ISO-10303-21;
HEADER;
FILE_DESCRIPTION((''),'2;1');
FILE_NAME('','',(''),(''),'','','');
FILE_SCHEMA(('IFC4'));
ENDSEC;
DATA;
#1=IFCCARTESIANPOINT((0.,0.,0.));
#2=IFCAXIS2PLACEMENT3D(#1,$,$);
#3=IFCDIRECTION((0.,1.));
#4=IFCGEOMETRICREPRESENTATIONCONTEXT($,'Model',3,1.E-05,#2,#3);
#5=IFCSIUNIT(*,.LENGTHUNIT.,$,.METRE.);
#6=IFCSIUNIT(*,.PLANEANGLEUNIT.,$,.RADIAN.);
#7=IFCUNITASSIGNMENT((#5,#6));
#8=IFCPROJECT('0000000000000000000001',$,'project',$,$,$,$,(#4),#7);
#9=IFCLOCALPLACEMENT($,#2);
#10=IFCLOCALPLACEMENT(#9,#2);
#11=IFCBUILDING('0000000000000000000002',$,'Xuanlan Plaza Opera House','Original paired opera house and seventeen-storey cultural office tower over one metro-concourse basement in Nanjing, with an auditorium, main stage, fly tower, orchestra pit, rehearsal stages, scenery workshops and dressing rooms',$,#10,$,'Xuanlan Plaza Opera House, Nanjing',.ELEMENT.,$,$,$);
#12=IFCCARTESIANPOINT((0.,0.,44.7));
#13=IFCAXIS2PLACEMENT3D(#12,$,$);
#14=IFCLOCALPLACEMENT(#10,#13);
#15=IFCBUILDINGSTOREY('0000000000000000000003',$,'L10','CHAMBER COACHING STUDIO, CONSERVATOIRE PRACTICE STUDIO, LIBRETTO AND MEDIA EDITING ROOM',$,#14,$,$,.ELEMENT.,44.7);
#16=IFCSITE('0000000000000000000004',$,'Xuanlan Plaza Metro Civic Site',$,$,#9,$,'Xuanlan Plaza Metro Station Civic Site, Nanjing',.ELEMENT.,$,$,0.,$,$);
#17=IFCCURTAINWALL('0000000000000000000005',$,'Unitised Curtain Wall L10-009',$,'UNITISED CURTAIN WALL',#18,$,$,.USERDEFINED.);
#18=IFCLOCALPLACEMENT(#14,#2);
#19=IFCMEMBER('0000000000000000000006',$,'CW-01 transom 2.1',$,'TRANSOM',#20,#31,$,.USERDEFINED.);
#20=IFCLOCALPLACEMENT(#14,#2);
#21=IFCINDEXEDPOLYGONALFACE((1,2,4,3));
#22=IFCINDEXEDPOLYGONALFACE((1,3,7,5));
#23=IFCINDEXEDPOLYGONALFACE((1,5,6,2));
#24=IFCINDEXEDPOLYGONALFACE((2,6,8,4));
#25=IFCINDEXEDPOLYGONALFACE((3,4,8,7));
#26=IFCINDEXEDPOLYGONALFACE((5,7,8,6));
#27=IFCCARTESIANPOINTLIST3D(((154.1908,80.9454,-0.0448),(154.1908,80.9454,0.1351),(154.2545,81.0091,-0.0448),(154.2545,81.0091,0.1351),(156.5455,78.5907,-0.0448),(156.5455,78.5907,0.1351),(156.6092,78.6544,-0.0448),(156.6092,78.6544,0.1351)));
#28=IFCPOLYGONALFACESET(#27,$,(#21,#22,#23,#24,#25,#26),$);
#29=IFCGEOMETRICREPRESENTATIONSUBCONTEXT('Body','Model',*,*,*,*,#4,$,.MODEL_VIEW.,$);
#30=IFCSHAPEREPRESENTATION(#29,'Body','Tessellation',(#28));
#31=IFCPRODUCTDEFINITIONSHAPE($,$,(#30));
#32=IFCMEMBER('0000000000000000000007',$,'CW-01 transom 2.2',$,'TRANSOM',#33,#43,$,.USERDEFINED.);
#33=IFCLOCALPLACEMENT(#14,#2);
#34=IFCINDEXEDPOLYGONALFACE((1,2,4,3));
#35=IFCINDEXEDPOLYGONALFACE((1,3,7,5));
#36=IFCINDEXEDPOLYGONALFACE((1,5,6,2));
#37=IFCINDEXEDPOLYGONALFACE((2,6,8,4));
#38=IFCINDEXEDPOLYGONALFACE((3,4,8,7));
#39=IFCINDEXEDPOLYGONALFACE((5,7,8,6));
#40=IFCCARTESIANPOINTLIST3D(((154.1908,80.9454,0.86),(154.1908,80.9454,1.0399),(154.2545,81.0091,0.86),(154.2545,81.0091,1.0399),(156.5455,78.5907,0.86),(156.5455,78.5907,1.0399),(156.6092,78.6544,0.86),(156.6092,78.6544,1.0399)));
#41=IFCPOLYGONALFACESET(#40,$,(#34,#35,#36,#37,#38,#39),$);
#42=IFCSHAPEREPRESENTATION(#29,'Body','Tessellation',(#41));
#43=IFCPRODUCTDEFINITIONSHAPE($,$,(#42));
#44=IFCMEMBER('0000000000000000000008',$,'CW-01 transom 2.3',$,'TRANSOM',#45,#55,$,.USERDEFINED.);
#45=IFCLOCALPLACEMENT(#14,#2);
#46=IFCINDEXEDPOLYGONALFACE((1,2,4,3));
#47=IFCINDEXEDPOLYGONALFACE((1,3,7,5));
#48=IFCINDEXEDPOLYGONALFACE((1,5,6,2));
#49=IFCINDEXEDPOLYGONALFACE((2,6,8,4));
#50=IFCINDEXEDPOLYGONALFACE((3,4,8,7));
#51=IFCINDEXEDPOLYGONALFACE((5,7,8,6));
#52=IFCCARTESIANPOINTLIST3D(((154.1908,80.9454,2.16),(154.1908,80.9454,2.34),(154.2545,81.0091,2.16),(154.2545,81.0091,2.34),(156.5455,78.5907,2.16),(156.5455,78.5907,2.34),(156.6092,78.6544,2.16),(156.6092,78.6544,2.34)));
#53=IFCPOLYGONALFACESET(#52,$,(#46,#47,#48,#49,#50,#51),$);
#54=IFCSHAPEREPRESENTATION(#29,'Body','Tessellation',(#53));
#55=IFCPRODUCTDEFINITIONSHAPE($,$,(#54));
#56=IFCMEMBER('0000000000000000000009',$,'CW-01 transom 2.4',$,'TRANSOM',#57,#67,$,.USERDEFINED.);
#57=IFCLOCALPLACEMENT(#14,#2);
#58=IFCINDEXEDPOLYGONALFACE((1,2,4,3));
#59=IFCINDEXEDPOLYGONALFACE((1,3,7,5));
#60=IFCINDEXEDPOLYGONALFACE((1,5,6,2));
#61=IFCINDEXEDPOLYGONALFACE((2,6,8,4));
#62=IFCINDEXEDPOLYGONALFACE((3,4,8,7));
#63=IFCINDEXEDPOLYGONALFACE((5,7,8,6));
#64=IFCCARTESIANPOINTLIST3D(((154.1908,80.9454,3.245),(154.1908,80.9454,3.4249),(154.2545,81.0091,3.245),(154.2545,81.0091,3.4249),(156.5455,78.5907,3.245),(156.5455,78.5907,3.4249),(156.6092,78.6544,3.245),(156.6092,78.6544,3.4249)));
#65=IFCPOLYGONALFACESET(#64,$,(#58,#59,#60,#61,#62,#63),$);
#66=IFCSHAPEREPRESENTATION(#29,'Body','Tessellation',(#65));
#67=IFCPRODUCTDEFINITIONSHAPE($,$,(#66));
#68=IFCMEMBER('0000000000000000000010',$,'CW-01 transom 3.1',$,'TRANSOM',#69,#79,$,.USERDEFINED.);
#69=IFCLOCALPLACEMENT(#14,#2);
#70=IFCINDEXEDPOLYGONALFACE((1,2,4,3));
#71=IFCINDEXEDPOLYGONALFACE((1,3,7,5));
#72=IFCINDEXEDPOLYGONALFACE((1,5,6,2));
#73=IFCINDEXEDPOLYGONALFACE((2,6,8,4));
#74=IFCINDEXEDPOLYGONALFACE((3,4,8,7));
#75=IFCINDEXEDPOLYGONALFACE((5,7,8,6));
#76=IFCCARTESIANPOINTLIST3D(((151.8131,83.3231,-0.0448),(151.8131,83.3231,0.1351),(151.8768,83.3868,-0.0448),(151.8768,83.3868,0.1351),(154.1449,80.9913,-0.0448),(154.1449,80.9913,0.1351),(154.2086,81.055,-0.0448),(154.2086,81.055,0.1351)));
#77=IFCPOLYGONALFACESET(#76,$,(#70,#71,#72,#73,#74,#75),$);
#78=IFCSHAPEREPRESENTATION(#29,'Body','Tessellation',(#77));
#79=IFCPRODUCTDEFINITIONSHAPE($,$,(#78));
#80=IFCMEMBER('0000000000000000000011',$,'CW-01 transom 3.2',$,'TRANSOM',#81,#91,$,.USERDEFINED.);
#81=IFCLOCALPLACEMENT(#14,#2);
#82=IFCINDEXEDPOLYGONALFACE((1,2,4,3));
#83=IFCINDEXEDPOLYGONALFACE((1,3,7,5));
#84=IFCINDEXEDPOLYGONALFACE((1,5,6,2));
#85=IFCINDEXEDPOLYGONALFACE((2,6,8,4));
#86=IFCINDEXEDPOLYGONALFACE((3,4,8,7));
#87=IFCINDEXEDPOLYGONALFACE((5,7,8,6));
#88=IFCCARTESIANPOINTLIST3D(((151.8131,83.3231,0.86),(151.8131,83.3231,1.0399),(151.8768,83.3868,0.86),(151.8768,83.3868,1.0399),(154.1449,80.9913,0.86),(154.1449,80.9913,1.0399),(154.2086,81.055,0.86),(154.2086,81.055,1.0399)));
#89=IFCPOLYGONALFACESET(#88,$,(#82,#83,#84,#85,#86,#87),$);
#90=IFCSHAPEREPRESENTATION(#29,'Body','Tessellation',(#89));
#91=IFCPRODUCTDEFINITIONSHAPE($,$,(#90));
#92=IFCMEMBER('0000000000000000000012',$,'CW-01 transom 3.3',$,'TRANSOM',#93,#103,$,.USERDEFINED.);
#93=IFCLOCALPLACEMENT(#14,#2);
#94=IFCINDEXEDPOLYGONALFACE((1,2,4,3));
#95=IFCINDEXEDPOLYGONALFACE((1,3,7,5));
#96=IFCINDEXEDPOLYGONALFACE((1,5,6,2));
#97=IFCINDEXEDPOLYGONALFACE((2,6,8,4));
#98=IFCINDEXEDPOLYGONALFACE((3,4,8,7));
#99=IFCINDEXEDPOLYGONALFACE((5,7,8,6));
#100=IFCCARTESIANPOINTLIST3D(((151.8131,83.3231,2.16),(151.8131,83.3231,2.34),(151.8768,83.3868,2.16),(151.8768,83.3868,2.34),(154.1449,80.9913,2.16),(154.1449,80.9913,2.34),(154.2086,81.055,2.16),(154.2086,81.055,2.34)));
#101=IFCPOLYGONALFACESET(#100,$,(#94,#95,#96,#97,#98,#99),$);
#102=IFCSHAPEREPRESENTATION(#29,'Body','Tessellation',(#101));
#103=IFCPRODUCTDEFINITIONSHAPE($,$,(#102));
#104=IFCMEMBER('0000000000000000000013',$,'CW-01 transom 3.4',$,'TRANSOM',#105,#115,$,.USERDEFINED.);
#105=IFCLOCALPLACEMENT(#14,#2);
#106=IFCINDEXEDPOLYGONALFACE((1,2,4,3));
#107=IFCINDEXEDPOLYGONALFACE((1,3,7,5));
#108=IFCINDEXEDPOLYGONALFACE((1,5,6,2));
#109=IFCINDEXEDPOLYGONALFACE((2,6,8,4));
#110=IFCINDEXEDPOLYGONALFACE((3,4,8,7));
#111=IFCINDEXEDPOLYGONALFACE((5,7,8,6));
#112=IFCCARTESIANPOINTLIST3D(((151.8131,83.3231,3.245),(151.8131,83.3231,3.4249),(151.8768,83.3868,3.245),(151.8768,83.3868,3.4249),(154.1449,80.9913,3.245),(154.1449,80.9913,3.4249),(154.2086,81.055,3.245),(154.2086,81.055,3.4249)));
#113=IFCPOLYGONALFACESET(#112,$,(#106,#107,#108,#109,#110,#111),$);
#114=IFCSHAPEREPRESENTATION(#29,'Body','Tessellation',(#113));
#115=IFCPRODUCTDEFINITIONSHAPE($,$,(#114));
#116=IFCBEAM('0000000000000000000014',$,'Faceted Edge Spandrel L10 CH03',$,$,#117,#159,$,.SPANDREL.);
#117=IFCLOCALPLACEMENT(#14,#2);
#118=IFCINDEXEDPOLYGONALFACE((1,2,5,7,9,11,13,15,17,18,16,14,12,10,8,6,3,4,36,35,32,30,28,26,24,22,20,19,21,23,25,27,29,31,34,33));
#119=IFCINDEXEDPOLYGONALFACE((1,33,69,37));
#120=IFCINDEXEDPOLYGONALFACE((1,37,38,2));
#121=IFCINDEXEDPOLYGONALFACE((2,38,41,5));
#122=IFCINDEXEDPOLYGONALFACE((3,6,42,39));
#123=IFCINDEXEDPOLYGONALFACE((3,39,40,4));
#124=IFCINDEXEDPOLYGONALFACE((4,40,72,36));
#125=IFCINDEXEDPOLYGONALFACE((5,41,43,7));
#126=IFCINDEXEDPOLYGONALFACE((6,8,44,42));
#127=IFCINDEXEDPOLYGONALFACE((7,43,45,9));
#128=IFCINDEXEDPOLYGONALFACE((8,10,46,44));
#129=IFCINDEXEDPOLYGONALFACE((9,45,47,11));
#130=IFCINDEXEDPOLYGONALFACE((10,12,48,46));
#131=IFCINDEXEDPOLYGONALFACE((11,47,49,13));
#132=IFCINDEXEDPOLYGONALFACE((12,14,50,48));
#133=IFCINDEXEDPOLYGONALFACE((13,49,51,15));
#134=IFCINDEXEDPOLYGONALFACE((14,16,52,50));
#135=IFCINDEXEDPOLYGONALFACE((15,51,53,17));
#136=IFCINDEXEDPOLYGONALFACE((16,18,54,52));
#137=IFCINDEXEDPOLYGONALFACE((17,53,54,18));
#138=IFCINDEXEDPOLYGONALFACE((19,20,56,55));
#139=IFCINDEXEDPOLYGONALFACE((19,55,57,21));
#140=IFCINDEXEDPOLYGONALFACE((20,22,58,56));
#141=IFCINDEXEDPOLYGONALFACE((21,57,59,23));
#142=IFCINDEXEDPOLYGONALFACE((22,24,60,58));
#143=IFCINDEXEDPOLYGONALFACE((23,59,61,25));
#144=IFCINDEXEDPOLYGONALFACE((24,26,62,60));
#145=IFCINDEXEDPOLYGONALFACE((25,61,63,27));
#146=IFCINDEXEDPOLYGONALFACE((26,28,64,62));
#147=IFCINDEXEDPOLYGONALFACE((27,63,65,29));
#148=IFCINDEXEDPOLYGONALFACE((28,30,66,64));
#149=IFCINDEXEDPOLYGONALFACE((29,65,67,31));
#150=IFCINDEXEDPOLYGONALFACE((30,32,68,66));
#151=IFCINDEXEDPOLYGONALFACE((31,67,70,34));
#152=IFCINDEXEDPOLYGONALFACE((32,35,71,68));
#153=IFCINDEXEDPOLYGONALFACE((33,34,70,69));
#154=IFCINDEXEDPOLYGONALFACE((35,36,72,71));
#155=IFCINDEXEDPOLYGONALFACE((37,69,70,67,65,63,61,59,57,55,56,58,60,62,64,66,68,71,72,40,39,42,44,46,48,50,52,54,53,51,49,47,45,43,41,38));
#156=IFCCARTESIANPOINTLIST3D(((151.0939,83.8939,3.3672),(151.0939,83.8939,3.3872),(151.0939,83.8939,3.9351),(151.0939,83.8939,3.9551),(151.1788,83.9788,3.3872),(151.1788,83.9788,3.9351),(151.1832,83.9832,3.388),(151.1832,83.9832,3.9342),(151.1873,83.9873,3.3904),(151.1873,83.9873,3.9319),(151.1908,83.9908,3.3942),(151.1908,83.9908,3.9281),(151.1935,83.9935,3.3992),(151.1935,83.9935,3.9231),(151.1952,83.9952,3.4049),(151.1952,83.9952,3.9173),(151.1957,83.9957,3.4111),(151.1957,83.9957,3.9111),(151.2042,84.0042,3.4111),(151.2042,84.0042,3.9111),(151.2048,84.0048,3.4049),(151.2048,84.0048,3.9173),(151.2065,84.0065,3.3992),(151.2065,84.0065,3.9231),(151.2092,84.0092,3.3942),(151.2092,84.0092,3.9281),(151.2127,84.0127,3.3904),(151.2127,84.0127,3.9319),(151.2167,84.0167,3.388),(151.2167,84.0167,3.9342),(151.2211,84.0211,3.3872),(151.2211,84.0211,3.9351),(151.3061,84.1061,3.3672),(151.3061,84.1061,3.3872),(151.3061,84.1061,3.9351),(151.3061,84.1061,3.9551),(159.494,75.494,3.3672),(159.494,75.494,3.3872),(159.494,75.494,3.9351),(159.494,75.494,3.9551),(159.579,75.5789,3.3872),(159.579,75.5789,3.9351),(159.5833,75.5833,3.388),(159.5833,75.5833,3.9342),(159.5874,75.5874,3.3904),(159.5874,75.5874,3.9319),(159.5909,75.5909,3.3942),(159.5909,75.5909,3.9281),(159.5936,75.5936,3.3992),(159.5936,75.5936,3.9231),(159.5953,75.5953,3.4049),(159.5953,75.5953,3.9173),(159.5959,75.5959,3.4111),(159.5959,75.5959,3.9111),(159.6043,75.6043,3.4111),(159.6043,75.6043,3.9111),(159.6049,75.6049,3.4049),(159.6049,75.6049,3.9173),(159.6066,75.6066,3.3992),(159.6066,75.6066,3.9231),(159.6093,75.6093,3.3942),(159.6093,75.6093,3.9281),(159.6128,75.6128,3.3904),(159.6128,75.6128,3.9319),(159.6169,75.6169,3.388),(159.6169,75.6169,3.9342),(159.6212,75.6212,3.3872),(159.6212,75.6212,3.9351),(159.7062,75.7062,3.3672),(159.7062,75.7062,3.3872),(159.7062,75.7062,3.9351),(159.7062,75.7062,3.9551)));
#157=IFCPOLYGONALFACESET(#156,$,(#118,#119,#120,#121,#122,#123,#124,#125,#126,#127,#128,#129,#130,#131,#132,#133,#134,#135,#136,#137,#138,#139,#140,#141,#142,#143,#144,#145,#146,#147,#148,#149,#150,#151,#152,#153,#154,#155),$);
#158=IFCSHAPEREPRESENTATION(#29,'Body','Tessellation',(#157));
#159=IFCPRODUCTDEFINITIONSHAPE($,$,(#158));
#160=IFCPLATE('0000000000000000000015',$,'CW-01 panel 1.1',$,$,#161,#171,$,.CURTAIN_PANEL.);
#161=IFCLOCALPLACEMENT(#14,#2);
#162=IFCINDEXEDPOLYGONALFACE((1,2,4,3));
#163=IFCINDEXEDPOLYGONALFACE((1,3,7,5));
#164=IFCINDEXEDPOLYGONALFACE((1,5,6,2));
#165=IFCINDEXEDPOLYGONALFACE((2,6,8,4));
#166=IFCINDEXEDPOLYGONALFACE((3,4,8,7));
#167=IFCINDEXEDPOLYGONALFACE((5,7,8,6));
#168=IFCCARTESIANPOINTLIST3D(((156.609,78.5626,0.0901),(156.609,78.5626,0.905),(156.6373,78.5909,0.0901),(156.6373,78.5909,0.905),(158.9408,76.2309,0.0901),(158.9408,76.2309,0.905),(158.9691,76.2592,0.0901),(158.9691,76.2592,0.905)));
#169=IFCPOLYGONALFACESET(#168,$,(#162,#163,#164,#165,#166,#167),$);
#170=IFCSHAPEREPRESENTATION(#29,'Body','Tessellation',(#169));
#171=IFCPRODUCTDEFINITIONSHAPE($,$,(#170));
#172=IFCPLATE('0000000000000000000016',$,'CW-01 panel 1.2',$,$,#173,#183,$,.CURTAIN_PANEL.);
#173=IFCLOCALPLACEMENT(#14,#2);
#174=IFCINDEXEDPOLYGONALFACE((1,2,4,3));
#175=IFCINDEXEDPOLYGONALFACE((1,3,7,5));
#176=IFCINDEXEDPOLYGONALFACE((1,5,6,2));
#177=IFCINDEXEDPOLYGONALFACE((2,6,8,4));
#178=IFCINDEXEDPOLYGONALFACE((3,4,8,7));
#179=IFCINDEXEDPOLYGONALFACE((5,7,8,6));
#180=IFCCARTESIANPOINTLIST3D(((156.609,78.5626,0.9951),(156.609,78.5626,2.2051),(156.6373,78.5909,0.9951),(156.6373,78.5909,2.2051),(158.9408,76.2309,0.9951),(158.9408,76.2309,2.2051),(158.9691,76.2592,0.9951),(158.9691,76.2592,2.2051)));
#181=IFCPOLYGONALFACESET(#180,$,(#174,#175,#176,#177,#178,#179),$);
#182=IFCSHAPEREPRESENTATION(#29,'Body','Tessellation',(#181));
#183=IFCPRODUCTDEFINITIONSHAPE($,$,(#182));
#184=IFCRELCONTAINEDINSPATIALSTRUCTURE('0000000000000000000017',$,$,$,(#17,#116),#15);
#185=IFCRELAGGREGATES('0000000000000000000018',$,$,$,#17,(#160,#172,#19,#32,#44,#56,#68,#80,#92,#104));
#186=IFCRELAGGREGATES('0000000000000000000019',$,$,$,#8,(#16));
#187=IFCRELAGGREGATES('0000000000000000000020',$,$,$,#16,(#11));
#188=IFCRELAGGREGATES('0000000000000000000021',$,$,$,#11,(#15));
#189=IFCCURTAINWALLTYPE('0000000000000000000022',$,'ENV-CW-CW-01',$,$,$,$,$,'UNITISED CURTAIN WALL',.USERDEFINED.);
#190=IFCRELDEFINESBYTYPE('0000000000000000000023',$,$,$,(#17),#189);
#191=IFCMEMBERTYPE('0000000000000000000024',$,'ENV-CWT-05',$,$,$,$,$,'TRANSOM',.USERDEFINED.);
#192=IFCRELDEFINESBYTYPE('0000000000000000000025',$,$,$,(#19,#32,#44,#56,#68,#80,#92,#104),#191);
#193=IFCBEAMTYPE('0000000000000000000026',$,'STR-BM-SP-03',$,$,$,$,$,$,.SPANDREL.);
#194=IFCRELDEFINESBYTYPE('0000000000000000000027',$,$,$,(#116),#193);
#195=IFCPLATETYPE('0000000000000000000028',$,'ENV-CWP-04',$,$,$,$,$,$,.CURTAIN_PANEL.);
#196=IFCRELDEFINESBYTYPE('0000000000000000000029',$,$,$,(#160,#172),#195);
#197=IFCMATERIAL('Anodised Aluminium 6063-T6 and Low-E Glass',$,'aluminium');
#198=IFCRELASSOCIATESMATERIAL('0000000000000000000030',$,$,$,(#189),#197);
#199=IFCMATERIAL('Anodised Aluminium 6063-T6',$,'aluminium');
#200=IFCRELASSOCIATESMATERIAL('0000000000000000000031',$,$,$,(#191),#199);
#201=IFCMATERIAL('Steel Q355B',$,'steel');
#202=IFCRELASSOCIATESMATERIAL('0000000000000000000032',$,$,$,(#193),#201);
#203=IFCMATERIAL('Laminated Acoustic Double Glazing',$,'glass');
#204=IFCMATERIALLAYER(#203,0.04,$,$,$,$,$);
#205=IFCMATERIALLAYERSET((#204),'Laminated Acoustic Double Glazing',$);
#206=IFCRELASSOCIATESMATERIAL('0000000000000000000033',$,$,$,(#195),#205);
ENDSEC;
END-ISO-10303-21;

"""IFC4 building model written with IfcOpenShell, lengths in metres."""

from ifc_helpers import new_model, si_unit, direction, frame, origin, origin_2d, place, context, subcontext, project, spatial, rectangle, i_section, extrude, material, layer, layer_set, material_profile, profile_set, type_object, element, aggregate, save


model = new_model("IFC4")

# Units and contexts
model_context = context("Model", 3, precision=1e-05, world=origin(), true_north=direction((0.0, 1.0)))
body_context = subcontext(model_context, "Body", "Model", "MODEL_VIEW")
ifc_project = project(units=[si_unit("LENGTHUNIT", "METRE"), si_unit("PLANEANGLEUNIT", "RADIAN")], contexts=[model_context])

# Site, building, storey
site_placement = place(None, origin())
site = spatial("IfcSite", under=ifc_project, at=site_placement, Name="Xuanlan Plaza Metro Civic Site", LongName="Xuanlan Plaza Metro Station Civic Site, Nanjing", CompositionType="ELEMENT", RefElevation=0.0)
building_placement = place(site_placement, origin())
building = spatial("IfcBuilding", under=site, at=building_placement, Name="Xuanlan Plaza Opera House", Description="Original paired opera house and seventeen-storey cultural office tower over one metro-concourse basement in Nanjing, with an auditorium, main stage, fly tower, orchestra pit, rehearsal stages, scenery workshops and dressing rooms", LongName="Xuanlan Plaza Opera House, Nanjing", CompositionType="ELEMENT")
storey_placement = place(building_placement, frame((0.0, 0.0, 44.7)))
storey = spatial("IfcBuildingStorey", under=building, at=storey_placement, Name="L10", Description="CHAMBER COACHING STUDIO, CONSERVATOIRE PRACTICE STUDIO, LIBRETTO AND MEDIA EDITING ROOM", CompositionType="ELEMENT", Elevation=44.7)

# Curtain wall
ifc_material_1 = material(Name="Anodised Aluminium 6063-T6 and Low-E Glass", Category="aluminium")
curtain_wall_type_1 = type_object("IfcCurtainWallType", Name="ENV-CW-CW-01", ElementType="UNITISED CURTAIN WALL", PredefinedType="USERDEFINED", material=ifc_material_1)
curtain_wall_1_placement = place(storey_placement, origin())
curtain_wall_1 = element("IfcCurtainWall", 1, at=curtain_wall_1_placement, inside=storey, type_object=curtain_wall_type_1, Name="Unitised Curtain Wall L10-009", ObjectType="UNITISED CURTAIN WALL", PredefinedType="USERDEFINED")
ifc_material_2 = material(Name="Anodised Aluminium 6063-T6", Category="aluminium")

# Members
ifc_material_profile_1 = material_profile(ifc_material_2, rectangle(XDim=0.0901, YDim=0.1799, at=origin_2d()), Name="ALU-T 90x180")
ifc_profile_set_1 = profile_set([ifc_material_profile_1], Name="Anodised Aluminium 6063-T6")
member_type_1 = type_object("IfcMemberType", Name="ENV-CWT-05", ElementType="TRANSOM", PredefinedType="USERDEFINED", material=ifc_profile_set_1)
member_1_placement = place(storey_placement, frame((156.5774, 78.6226, 0.0452), z_axis=(-0.707107, 0.707107, 0.0), x_axis=(-0.707107, -0.707107, 0.0)))
member_1 = element("IfcMember", 2, at=member_1_placement, type_object=member_type_1, Name="CW-01 transom 2.1", ObjectType="TRANSOM", PredefinedType="USERDEFINED", context=body_context, shape_type="SweptSolid", body=[
    extrude(rectangle(XDim=0.0901, YDim=0.1799, at=origin_2d()), origin(), (0.0, 0.0, 1.0), 3.3301),
])
member_2_placement = place(storey_placement, frame((156.5774, 78.6226, 0.95), z_axis=(-0.707107, 0.707107, 0.0), x_axis=(-0.707107, -0.707107, 0.0)))
member_2 = element("IfcMember", 3, at=member_2_placement, type_object=member_type_1, Name="CW-01 transom 2.2", ObjectType="TRANSOM", PredefinedType="USERDEFINED", context=body_context, shape_type="SweptSolid", body=[
    extrude(rectangle(XDim=0.0901, YDim=0.1799, at=origin_2d()), origin(), (0.0, 0.0, 1.0), 3.3301),
])
member_3_placement = place(storey_placement, frame((156.5774, 78.6226, 2.25), z_axis=(-0.707107, 0.707107, 0.0), x_axis=(-0.707107, -0.707107, 0.0)))
member_3 = element("IfcMember", 4, at=member_3_placement, type_object=member_type_1, Name="CW-01 transom 2.3", ObjectType="TRANSOM", PredefinedType="USERDEFINED", context=body_context, shape_type="SweptSolid", body=[
    extrude(rectangle(XDim=0.0901, YDim=0.1799, at=origin_2d()), origin(), (0.0, 0.0, 1.0), 3.3301),
])
member_4_placement = place(storey_placement, frame((156.5774, 78.6226, 3.335), z_axis=(-0.707107, 0.707107, 0.0), x_axis=(-0.707107, -0.707107, 0.0)))
member_4 = element("IfcMember", 5, at=member_4_placement, type_object=member_type_1, Name="CW-01 transom 2.4", ObjectType="TRANSOM", PredefinedType="USERDEFINED", context=body_context, shape_type="SweptSolid", body=[
    extrude(rectangle(XDim=0.0901, YDim=0.1799, at=origin_2d()), origin(), (0.0, 0.0, 1.0), 3.3301),
])
member_5_placement = place(storey_placement, frame((154.1768, 81.0232, 0.0452), z_axis=(-0.707107, 0.707107, 0.0), x_axis=(-0.707107, -0.707107, 0.0)))
member_5 = element("IfcMember", 6, at=member_5_placement, type_object=member_type_1, Name="CW-01 transom 3.1", ObjectType="TRANSOM", PredefinedType="USERDEFINED", context=body_context, shape_type="SweptSolid", body=[
    extrude(rectangle(XDim=0.0901, YDim=0.1799, at=origin_2d()), origin(), (0.0, 0.0, 1.0), 3.2976),
])
member_6_placement = place(storey_placement, frame((154.1768, 81.0232, 0.95), z_axis=(-0.707107, 0.707107, 0.0), x_axis=(-0.707107, -0.707107, 0.0)))
member_6 = element("IfcMember", 7, at=member_6_placement, type_object=member_type_1, Name="CW-01 transom 3.2", ObjectType="TRANSOM", PredefinedType="USERDEFINED", context=body_context, shape_type="SweptSolid", body=[
    extrude(rectangle(XDim=0.0901, YDim=0.1799, at=origin_2d()), origin(), (0.0, 0.0, 1.0), 3.2976),
])
member_7_placement = place(storey_placement, frame((154.1768, 81.0232, 2.25), z_axis=(-0.707107, 0.707107, 0.0), x_axis=(-0.707107, -0.707107, 0.0)))
member_7 = element("IfcMember", 8, at=member_7_placement, type_object=member_type_1, Name="CW-01 transom 3.3", ObjectType="TRANSOM", PredefinedType="USERDEFINED", context=body_context, shape_type="SweptSolid", body=[
    extrude(rectangle(XDim=0.0901, YDim=0.1799, at=origin_2d()), origin(), (0.0, 0.0, 1.0), 3.2976),
])
member_8_placement = place(storey_placement, frame((154.1768, 81.0232, 3.335), z_axis=(-0.707107, 0.707107, 0.0), x_axis=(-0.707107, -0.707107, 0.0)))
member_8 = element("IfcMember", 9, at=member_8_placement, type_object=member_type_1, Name="CW-01 transom 3.4", ObjectType="TRANSOM", PredefinedType="USERDEFINED", context=body_context, shape_type="SweptSolid", body=[
    extrude(rectangle(XDim=0.0901, YDim=0.1799, at=origin_2d()), origin(), (0.0, 0.0, 1.0), 3.2976),
])

# Beam
ifc_material_3 = material(Name="Steel Q355B", Category="steel")
ifc_material_profile_2 = material_profile(ifc_material_3, i_section(OverallWidth=0.3, OverallDepth=0.5879, WebThickness=0.012, FlangeThickness=0.02, FilletRadius=0.0239, at=origin_2d()), Name="HM 588x300x12x20")
ifc_profile_set_2 = profile_set([ifc_material_profile_2], Name="Steel Q355B")
beam_type = type_object("IfcBeamType", Name="STR-BM-SP-03", PredefinedType="SPANDREL", material=ifc_profile_set_2)
beam_placement = place(storey_placement, frame((159.6001, 75.6001, 3.6611), z_axis=(-0.707117, 0.707097, 0.0), x_axis=(-0.707097, -0.707117, 0.0)))
element("IfcBeam", 10, at=beam_placement, inside=storey, type_object=beam_type, Name="Faceted Edge Spandrel L10 CH03", PredefinedType="SPANDREL", context=body_context, shape_type="SweptSolid", body=[
    extrude(i_section(OverallWidth=0.3, OverallDepth=0.5879, WebThickness=0.012, FlangeThickness=0.02, FilletRadius=0.0239, at=origin_2d()), origin(), (0.0, 0.0, 1.0), 11.8794),
])

# Plates
ifc_material_4 = material(Name="Laminated Acoustic Double Glazing", Category="glass")
ifc_layer = layer(ifc_material_4, 0.04)
ifc_layer_set = layer_set([ifc_layer], Name="Laminated Acoustic Double Glazing")
plate_type = type_object("IfcPlateType", Name="ENV-CWP-04", PredefinedType="CURTAIN_PANEL", material=ifc_layer_set)
plate_1_placement = place(storey_placement, frame((157.7891, 77.4109, 0.0901), z_axis=(0.0, 0.0, 1.0), x_axis=(-0.707107, 0.707107, 0.0)))
plate_1 = element("IfcPlate", 11, at=plate_1_placement, type_object=plate_type, Name="CW-01 panel 1.1", PredefinedType="CURTAIN_PANEL", context=body_context, shape_type="SweptSolid", body=[
    extrude(rectangle(XDim=3.2976, YDim=0.04, at=origin_2d()), origin(), (0.0, 0.0, 1.0), 0.8149),
])
plate_2_placement = place(storey_placement, frame((157.7891, 77.4109, 0.9951), z_axis=(0.0, 0.0, 1.0), x_axis=(-0.707107, 0.707107, 0.0)))
plate_2 = element("IfcPlate", 12, at=plate_2_placement, type_object=plate_type, Name="CW-01 panel 1.2", PredefinedType="CURTAIN_PANEL", context=body_context, shape_type="SweptSolid", body=[
    extrude(rectangle(XDim=3.2976, YDim=0.04, at=origin_2d()), origin(), (0.0, 0.0, 1.0), 1.21),
])
aggregate(curtain_wall_1, [plate_1, plate_2, member_1, member_2, member_3, member_4, member_5, member_6, member_7, member_8])

save(model, "model.ifc")
